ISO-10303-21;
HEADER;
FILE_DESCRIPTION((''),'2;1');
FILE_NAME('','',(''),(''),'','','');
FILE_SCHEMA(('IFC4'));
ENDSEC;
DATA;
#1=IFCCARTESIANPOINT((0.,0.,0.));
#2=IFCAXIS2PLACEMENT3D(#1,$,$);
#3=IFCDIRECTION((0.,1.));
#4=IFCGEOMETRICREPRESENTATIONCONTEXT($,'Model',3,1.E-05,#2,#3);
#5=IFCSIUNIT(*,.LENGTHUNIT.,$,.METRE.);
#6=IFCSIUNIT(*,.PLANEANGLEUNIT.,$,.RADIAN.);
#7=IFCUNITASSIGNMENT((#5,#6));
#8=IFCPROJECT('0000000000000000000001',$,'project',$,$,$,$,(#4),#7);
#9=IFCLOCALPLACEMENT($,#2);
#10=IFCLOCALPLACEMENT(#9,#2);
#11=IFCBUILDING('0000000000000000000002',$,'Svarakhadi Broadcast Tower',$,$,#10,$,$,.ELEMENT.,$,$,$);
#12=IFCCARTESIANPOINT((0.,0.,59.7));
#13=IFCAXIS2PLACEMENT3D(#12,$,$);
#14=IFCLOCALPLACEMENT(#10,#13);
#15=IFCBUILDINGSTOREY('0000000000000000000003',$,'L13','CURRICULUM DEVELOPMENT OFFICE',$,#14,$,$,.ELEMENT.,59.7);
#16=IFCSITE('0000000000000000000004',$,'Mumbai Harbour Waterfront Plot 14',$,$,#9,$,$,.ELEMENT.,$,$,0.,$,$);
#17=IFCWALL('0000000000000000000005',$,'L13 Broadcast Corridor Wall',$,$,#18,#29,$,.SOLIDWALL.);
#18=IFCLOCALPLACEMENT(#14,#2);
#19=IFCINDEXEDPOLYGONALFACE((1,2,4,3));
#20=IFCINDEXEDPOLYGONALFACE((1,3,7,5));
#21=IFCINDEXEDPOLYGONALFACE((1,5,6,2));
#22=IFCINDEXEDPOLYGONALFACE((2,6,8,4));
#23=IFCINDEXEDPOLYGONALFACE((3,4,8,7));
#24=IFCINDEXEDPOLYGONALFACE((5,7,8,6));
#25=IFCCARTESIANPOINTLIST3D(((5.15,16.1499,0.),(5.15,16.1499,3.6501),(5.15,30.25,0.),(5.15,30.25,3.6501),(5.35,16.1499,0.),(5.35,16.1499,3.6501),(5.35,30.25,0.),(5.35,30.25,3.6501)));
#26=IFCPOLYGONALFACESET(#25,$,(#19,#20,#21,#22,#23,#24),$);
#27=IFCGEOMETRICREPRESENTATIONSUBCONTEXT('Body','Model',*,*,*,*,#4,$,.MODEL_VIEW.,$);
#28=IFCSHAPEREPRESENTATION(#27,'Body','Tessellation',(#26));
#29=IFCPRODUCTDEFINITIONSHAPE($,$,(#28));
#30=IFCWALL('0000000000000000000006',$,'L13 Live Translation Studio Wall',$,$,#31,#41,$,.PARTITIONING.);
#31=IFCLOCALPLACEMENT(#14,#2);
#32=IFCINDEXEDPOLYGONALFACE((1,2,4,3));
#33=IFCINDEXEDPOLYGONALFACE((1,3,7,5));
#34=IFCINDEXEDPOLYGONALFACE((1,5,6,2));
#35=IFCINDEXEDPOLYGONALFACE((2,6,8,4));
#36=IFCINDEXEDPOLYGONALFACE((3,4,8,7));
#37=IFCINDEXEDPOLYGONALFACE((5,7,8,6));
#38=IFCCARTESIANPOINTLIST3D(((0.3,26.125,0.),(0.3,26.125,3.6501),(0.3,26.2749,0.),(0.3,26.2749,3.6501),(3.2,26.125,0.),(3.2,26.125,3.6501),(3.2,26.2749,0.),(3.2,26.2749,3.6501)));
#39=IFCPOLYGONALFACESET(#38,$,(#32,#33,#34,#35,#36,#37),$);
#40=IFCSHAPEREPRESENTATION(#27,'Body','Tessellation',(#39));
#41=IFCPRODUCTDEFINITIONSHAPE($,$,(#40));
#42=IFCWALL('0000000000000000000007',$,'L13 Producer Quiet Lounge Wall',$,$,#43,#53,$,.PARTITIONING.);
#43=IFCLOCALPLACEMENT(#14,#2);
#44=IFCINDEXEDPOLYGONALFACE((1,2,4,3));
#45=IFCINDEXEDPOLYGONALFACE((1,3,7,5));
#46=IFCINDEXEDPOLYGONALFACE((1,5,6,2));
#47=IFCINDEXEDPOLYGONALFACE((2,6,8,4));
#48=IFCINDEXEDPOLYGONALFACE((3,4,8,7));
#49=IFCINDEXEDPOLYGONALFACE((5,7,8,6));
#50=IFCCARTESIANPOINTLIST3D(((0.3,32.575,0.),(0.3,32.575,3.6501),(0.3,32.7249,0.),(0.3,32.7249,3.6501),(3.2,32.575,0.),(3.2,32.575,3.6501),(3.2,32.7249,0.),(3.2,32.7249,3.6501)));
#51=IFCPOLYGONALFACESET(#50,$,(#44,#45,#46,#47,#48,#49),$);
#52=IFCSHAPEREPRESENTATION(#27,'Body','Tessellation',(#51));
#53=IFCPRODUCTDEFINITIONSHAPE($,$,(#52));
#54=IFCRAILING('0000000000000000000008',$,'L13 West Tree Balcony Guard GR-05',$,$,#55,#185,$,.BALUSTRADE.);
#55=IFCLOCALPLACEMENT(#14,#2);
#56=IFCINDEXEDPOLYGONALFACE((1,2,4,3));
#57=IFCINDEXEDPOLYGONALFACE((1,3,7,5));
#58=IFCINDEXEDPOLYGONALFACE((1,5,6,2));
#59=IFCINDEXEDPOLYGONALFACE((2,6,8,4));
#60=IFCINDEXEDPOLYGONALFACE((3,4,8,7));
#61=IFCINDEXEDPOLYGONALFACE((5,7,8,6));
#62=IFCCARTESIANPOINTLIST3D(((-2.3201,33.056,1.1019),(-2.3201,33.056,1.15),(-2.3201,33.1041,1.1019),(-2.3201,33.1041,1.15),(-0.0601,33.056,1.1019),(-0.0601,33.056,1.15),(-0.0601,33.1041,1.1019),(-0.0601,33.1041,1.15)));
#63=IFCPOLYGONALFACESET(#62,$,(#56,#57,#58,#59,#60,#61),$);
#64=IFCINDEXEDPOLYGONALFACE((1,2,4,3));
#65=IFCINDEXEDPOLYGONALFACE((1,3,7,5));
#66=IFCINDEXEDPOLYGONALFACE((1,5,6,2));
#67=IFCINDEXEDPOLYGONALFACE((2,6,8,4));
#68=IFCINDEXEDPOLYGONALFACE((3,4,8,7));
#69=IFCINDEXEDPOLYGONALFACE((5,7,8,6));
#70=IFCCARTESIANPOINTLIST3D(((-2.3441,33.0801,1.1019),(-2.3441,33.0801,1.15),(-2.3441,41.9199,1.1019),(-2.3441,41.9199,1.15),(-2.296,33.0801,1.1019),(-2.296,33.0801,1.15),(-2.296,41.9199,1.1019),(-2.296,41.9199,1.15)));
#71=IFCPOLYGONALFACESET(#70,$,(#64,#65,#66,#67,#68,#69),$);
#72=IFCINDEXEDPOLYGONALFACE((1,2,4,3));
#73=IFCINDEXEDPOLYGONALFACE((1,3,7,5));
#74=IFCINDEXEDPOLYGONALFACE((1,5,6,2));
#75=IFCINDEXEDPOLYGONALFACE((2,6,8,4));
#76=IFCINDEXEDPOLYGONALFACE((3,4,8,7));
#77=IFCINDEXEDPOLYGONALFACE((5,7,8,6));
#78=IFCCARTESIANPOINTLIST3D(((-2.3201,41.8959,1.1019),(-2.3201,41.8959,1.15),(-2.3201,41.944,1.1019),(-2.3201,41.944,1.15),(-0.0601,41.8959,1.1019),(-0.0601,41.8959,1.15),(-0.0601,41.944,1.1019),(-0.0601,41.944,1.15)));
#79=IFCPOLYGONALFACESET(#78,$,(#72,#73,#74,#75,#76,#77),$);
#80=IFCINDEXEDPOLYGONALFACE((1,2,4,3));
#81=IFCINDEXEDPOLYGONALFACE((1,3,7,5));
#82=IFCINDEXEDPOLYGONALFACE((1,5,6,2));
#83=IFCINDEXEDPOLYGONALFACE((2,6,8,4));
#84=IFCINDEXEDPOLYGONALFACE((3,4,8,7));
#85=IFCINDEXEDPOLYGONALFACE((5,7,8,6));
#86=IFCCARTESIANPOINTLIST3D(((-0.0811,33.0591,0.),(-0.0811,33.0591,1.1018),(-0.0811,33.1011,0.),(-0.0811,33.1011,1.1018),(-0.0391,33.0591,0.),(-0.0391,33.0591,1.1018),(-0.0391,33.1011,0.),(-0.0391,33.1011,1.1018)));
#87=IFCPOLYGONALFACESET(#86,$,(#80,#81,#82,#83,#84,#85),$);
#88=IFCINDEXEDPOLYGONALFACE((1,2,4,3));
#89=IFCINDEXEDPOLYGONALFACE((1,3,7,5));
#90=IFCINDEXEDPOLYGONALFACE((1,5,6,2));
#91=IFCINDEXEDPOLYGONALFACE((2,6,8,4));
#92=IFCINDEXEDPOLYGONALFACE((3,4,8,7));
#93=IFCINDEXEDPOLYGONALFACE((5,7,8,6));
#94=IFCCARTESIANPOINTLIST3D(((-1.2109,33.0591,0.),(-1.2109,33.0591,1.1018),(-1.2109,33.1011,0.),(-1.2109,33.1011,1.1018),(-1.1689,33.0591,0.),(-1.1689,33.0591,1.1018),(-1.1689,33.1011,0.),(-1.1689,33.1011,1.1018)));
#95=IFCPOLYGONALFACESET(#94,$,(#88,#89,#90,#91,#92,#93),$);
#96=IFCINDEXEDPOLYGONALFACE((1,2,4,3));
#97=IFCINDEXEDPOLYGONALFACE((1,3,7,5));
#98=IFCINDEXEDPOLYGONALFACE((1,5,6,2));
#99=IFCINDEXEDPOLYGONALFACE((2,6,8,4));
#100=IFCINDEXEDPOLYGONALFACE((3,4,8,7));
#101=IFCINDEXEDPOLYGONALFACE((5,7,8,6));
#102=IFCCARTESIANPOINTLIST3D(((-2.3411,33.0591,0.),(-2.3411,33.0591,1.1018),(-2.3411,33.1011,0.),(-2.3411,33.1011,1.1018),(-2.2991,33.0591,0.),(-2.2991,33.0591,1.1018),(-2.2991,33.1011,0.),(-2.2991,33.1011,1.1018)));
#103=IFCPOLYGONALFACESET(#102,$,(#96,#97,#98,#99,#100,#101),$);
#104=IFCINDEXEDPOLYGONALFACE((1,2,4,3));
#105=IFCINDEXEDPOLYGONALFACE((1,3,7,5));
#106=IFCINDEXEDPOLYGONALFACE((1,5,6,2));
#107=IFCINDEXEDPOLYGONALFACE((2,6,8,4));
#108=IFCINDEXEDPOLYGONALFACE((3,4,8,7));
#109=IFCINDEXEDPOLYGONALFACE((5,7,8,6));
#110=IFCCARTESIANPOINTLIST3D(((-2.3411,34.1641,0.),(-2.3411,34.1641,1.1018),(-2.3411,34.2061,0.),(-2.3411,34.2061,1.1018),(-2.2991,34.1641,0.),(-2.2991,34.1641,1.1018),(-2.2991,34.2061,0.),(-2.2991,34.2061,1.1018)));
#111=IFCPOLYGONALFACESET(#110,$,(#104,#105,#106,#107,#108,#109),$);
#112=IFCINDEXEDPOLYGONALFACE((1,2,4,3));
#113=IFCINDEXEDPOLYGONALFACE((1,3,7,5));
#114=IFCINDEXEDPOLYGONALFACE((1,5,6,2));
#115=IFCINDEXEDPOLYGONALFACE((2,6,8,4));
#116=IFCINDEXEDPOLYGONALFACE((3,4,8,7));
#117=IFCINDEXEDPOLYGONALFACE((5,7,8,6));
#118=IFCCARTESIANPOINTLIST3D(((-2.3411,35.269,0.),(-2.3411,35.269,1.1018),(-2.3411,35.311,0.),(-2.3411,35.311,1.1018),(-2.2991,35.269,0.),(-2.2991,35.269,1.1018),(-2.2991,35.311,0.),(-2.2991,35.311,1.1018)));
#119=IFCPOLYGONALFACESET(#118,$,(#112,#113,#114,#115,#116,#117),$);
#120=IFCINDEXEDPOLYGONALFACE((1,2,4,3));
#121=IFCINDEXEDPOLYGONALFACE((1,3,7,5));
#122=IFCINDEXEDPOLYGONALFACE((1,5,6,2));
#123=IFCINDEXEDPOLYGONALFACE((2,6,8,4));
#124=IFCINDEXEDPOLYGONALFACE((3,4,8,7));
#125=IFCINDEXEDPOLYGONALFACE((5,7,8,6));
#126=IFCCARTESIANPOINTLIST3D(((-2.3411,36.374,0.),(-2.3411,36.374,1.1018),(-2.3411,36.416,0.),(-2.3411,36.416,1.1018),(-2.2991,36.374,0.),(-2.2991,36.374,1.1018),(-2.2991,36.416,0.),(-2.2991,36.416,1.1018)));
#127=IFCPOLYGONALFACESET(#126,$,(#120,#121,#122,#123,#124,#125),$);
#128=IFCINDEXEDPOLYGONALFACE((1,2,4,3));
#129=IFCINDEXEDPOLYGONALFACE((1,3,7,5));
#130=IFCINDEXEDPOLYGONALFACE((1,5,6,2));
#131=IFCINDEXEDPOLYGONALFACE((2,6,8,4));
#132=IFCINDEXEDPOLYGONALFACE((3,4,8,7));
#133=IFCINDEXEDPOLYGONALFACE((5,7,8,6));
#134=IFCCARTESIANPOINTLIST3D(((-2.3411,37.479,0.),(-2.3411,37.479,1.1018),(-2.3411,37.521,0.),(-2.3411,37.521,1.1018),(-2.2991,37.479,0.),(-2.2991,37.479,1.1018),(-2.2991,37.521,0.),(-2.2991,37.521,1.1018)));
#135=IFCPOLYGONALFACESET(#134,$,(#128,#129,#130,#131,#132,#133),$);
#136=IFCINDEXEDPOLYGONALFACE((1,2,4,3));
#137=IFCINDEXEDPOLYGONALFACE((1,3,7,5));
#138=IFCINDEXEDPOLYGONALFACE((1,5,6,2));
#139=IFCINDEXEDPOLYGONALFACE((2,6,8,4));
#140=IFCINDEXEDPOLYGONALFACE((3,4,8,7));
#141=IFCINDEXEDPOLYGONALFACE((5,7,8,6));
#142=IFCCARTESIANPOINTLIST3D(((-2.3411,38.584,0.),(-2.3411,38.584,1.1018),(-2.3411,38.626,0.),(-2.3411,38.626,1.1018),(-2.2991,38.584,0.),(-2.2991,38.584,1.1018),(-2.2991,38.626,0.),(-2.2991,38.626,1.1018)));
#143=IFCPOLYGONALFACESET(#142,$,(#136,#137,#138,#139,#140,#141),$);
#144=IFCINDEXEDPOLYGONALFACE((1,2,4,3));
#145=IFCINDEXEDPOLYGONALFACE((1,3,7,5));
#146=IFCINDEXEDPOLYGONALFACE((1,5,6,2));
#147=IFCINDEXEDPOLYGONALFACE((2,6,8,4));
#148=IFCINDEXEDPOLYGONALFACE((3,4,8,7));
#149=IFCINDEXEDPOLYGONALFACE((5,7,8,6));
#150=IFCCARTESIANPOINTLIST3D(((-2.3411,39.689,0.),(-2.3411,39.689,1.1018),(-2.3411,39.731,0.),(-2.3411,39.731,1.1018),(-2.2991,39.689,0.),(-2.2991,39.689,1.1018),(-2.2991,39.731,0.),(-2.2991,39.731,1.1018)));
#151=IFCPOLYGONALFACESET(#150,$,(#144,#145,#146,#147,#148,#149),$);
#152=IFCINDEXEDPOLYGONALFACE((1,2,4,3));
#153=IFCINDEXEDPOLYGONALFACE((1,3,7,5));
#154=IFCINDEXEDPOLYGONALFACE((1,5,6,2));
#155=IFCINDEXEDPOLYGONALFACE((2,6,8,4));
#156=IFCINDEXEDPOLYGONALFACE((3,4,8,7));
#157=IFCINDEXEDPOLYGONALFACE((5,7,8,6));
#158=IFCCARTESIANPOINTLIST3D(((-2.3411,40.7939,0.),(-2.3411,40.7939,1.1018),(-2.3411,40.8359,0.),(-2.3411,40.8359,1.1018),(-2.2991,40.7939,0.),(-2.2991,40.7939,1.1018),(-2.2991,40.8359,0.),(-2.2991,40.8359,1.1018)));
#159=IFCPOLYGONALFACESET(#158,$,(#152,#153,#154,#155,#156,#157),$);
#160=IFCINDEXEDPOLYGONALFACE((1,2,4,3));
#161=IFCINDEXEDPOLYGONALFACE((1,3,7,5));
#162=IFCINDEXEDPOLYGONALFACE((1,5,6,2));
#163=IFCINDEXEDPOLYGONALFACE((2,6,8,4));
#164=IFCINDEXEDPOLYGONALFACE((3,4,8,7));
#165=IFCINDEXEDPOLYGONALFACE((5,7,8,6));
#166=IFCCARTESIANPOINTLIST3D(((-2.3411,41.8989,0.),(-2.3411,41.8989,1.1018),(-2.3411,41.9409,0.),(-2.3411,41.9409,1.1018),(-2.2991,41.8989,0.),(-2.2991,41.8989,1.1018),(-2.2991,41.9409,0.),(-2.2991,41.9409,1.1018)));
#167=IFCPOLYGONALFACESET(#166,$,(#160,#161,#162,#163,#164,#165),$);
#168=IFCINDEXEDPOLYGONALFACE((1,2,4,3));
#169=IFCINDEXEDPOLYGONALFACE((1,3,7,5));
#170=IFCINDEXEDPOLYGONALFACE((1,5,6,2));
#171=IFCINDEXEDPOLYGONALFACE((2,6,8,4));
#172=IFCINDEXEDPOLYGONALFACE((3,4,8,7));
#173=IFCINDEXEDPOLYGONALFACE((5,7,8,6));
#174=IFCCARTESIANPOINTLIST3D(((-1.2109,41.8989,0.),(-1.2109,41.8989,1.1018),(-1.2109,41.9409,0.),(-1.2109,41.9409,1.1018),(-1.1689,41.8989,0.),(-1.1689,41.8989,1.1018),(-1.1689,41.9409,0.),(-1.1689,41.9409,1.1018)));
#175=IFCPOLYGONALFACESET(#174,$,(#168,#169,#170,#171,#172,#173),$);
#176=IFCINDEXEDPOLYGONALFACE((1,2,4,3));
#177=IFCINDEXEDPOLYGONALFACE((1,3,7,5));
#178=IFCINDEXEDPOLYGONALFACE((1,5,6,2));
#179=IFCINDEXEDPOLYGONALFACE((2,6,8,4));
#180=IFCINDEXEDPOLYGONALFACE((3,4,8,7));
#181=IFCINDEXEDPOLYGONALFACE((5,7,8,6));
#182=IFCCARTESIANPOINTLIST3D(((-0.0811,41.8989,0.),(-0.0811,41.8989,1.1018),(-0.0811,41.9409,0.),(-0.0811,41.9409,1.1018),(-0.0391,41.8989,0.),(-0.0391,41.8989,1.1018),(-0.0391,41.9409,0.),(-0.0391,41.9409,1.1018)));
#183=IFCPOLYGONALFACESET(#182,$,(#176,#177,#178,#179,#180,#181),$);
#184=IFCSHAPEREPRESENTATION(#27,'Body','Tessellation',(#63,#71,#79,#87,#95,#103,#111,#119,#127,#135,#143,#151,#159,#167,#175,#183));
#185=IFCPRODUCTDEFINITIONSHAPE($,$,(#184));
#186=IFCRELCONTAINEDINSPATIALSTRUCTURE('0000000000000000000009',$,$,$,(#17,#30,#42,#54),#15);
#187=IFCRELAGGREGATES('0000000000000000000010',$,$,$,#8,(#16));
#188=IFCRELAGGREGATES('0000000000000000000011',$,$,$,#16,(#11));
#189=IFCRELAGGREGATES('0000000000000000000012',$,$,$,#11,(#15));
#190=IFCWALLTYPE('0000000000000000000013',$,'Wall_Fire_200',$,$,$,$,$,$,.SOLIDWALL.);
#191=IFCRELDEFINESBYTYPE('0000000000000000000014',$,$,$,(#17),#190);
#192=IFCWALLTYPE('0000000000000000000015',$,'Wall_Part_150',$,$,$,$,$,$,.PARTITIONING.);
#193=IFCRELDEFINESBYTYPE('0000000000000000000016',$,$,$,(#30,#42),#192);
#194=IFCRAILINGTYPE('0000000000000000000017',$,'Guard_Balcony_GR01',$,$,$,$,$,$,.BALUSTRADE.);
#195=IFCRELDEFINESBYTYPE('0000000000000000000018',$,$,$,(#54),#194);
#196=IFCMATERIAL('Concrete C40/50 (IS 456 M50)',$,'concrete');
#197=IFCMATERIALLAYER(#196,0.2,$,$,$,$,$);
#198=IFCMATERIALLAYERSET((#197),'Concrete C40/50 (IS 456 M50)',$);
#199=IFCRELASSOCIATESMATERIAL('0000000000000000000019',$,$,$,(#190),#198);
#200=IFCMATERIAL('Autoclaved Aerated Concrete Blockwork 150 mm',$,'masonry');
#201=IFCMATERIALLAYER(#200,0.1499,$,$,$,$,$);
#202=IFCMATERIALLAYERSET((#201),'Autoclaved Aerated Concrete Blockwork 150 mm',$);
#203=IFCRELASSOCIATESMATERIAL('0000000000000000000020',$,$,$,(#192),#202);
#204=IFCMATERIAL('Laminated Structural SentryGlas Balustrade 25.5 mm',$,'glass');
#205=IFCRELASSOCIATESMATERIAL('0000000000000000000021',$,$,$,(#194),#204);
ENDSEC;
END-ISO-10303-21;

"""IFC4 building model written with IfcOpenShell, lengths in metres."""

from ifc_helpers import new_model, si_unit, direction, frame, frame_2d, origin, origin_2d, place, context, subcontext, project, spatial, rectangle, extrude, material, layer, layer_set, type_object, element, save


model = new_model("IFC4")

# Units and contexts
model_context = context("Model", 3, precision=1e-05, world=origin(), true_north=direction((0.0, 1.0)))
body_context = subcontext(model_context, "Body", "Model", "MODEL_VIEW")
ifc_project = project(units=[si_unit("LENGTHUNIT", "METRE"), si_unit("PLANEANGLEUNIT", "RADIAN")], contexts=[model_context])

# Site, building, storey
site_placement = place(None, origin())
site = spatial("IfcSite", under=ifc_project, at=site_placement, Name="Mumbai Harbour Waterfront Plot 14", CompositionType="ELEMENT", RefElevation=0.0)
building_placement = place(site_placement, origin())
building = spatial("IfcBuilding", under=site, at=building_placement, Name="Svarakhadi Broadcast Tower", CompositionType="ELEMENT")
storey_placement = place(building_placement, frame((0.0, 0.0, 59.7)))
storey = spatial("IfcBuildingStorey", under=building, at=storey_placement, Name="L13", Description="CURRICULUM DEVELOPMENT OFFICE", CompositionType="ELEMENT", Elevation=59.7)

# Shared definitions
ifc_material_1 = material(Name="Concrete C40/50 (IS 456 M50)", Category="concrete")

# Walls
ifc_layer_1 = layer(ifc_material_1, 0.2)
ifc_layer_set_1 = layer_set([ifc_layer_1], Name="Concrete C40/50 (IS 456 M50)")
wall_type_1 = type_object("IfcWallType", Name="Wall_Fire_200", PredefinedType="SOLIDWALL", material=ifc_layer_set_1)
wall_1_placement = place(storey_placement, frame((5.25, 30.25, 0.0), z_axis=(0.0, 0.0, 1.0), x_axis=(0.0, -1.0, 0.0)))
element("IfcWall", 1, at=wall_1_placement, inside=storey, type_object=wall_type_1, Name="L13 Broadcast Corridor Wall", PredefinedType="SOLIDWALL", context=body_context, shape_type="SweptSolid", body=[
    extrude(rectangle(XDim=14.1001, YDim=0.2, at=frame_2d((7.05, 0.0))), origin(), (0.0, 0.0, 1.0), 3.6501),
])
ifc_material_2 = material(Name="Autoclaved Aerated Concrete Blockwork 150 mm", Category="masonry")
ifc_layer_2 = layer(ifc_material_2, 0.1499)
ifc_layer_set_2 = layer_set([ifc_layer_2], Name="Autoclaved Aerated Concrete Blockwork 150 mm")
wall_type_2 = type_object("IfcWallType", Name="Wall_Part_150", PredefinedType="PARTITIONING", material=ifc_layer_set_2)
for number, where, z_axis, x_axis, name in (
    (2, (0.3, 26.2, 0.0), (0.0, 0.0, 1.0), (1.0, 0.0, 0.0), "L13 Live Translation Studio Wall"),
    (3, (0.3, 32.6499, 0.0), (0.0, 0.0, 1.0), (1.0, 0.0, 0.0), "L13 Producer Quiet Lounge Wall"),
):
    element("IfcWall", number, at=place(storey_placement, frame(where, z_axis=z_axis, x_axis=x_axis)), inside=storey, type_object=wall_type_2, Name=name, PredefinedType="PARTITIONING", context=body_context, shape_type="SweptSolid", body=[
        extrude(rectangle(XDim=2.8999, YDim=0.1499, at=frame_2d((1.45, 0.0))), origin(), (0.0, 0.0, 1.0), 3.6501),
    ])

# Railing
ifc_material_3 = material(Name="Laminated Structural SentryGlas Balustrade 25.5 mm", Category="glass")
railing_type = type_object("IfcRailingType", Name="Guard_Balcony_GR01", PredefinedType="BALUSTRADE", material=ifc_material_3)
railing_placement = place(storey_placement, frame((-0.0601, 33.0801, 0.0)))
element("IfcRailing", 4, at=railing_placement, inside=storey, type_object=railing_type, Name="L13 West Tree Balcony Guard GR-05", PredefinedType="BALUSTRADE", context=body_context, shape_type="SweptSolid", body=[
    extrude(rectangle(XDim=0.0481, YDim=0.0481, at=origin_2d()), frame((0.0, 0.0, 1.126), z_axis=(-1.0, 0.0, 0.0), x_axis=(0.0, -1.0, 0.0)), (0.0, 0.0, 1.0), 2.26),
    extrude(rectangle(XDim=0.0481, YDim=0.0481, at=origin_2d()), frame((-2.26, 0.0, 1.126), z_axis=(0.0, 1.0, 0.0), x_axis=(-1.0, 0.0, 0.0)), (0.0, 0.0, 1.0), 8.8398),
    extrude(rectangle(XDim=0.0481, YDim=0.0481, at=origin_2d()), frame((-2.26, 8.8398, 1.126), z_axis=(1.0, 0.0, 0.0), x_axis=(0.0, 1.0, 0.0)), (0.0, 0.0, 1.0), 2.26),
    extrude(rectangle(XDim=0.042, YDim=0.042, at=origin_2d()), origin(), (0.0, 0.0, 1.0), 1.1018),
    extrude(rectangle(XDim=0.042, YDim=0.042, at=origin_2d()), frame((-1.1299, 0.0, 0.0)), (0.0, 0.0, 1.0), 1.1018),
    extrude(rectangle(XDim=0.042, YDim=0.042, at=origin_2d()), frame((-2.26, 0.0, 0.0)), (0.0, 0.0, 1.0), 1.1018),
    extrude(rectangle(XDim=0.042, YDim=0.042, at=origin_2d()), frame((-2.26, 1.105, 0.0)), (0.0, 0.0, 1.0), 1.1018),
    extrude(rectangle(XDim=0.042, YDim=0.042, at=origin_2d()), frame((-2.26, 2.21, 0.0)), (0.0, 0.0, 1.0), 1.1018),
    extrude(rectangle(XDim=0.042, YDim=0.042, at=origin_2d()), frame((-2.26, 3.3149, 0.0)), (0.0, 0.0, 1.0), 1.1018),
    extrude(rectangle(XDim=0.042, YDim=0.042, at=origin_2d()), frame((-2.26, 4.4199, 0.0)), (0.0, 0.0, 1.0), 1.1018),
    extrude(rectangle(XDim=0.042, YDim=0.042, at=origin_2d()), frame((-2.26, 5.5249, 0.0)), (0.0, 0.0, 1.0), 1.1018),
    extrude(rectangle(XDim=0.042, YDim=0.042, at=origin_2d()), frame((-2.26, 6.6299, 0.0)), (0.0, 0.0, 1.0), 1.1018),
    extrude(rectangle(XDim=0.042, YDim=0.042, at=origin_2d()), frame((-2.26, 7.7349, 0.0)), (0.0, 0.0, 1.0), 1.1018),
    extrude(rectangle(XDim=0.042, YDim=0.042, at=origin_2d()), frame((-2.26, 8.8398, 0.0)), (0.0, 0.0, 1.0), 1.1018),
    extrude(rectangle(XDim=0.042, YDim=0.042, at=origin_2d()), frame((-1.1299, 8.8398, 0.0)), (0.0, 0.0, 1.0), 1.1018),
    extrude(rectangle(XDim=0.042, YDim=0.042, at=origin_2d()), frame((0.0, 8.8398, 0.0)), (0.0, 0.0, 1.0), 1.1018),
])

save(model, "model.ifc")
